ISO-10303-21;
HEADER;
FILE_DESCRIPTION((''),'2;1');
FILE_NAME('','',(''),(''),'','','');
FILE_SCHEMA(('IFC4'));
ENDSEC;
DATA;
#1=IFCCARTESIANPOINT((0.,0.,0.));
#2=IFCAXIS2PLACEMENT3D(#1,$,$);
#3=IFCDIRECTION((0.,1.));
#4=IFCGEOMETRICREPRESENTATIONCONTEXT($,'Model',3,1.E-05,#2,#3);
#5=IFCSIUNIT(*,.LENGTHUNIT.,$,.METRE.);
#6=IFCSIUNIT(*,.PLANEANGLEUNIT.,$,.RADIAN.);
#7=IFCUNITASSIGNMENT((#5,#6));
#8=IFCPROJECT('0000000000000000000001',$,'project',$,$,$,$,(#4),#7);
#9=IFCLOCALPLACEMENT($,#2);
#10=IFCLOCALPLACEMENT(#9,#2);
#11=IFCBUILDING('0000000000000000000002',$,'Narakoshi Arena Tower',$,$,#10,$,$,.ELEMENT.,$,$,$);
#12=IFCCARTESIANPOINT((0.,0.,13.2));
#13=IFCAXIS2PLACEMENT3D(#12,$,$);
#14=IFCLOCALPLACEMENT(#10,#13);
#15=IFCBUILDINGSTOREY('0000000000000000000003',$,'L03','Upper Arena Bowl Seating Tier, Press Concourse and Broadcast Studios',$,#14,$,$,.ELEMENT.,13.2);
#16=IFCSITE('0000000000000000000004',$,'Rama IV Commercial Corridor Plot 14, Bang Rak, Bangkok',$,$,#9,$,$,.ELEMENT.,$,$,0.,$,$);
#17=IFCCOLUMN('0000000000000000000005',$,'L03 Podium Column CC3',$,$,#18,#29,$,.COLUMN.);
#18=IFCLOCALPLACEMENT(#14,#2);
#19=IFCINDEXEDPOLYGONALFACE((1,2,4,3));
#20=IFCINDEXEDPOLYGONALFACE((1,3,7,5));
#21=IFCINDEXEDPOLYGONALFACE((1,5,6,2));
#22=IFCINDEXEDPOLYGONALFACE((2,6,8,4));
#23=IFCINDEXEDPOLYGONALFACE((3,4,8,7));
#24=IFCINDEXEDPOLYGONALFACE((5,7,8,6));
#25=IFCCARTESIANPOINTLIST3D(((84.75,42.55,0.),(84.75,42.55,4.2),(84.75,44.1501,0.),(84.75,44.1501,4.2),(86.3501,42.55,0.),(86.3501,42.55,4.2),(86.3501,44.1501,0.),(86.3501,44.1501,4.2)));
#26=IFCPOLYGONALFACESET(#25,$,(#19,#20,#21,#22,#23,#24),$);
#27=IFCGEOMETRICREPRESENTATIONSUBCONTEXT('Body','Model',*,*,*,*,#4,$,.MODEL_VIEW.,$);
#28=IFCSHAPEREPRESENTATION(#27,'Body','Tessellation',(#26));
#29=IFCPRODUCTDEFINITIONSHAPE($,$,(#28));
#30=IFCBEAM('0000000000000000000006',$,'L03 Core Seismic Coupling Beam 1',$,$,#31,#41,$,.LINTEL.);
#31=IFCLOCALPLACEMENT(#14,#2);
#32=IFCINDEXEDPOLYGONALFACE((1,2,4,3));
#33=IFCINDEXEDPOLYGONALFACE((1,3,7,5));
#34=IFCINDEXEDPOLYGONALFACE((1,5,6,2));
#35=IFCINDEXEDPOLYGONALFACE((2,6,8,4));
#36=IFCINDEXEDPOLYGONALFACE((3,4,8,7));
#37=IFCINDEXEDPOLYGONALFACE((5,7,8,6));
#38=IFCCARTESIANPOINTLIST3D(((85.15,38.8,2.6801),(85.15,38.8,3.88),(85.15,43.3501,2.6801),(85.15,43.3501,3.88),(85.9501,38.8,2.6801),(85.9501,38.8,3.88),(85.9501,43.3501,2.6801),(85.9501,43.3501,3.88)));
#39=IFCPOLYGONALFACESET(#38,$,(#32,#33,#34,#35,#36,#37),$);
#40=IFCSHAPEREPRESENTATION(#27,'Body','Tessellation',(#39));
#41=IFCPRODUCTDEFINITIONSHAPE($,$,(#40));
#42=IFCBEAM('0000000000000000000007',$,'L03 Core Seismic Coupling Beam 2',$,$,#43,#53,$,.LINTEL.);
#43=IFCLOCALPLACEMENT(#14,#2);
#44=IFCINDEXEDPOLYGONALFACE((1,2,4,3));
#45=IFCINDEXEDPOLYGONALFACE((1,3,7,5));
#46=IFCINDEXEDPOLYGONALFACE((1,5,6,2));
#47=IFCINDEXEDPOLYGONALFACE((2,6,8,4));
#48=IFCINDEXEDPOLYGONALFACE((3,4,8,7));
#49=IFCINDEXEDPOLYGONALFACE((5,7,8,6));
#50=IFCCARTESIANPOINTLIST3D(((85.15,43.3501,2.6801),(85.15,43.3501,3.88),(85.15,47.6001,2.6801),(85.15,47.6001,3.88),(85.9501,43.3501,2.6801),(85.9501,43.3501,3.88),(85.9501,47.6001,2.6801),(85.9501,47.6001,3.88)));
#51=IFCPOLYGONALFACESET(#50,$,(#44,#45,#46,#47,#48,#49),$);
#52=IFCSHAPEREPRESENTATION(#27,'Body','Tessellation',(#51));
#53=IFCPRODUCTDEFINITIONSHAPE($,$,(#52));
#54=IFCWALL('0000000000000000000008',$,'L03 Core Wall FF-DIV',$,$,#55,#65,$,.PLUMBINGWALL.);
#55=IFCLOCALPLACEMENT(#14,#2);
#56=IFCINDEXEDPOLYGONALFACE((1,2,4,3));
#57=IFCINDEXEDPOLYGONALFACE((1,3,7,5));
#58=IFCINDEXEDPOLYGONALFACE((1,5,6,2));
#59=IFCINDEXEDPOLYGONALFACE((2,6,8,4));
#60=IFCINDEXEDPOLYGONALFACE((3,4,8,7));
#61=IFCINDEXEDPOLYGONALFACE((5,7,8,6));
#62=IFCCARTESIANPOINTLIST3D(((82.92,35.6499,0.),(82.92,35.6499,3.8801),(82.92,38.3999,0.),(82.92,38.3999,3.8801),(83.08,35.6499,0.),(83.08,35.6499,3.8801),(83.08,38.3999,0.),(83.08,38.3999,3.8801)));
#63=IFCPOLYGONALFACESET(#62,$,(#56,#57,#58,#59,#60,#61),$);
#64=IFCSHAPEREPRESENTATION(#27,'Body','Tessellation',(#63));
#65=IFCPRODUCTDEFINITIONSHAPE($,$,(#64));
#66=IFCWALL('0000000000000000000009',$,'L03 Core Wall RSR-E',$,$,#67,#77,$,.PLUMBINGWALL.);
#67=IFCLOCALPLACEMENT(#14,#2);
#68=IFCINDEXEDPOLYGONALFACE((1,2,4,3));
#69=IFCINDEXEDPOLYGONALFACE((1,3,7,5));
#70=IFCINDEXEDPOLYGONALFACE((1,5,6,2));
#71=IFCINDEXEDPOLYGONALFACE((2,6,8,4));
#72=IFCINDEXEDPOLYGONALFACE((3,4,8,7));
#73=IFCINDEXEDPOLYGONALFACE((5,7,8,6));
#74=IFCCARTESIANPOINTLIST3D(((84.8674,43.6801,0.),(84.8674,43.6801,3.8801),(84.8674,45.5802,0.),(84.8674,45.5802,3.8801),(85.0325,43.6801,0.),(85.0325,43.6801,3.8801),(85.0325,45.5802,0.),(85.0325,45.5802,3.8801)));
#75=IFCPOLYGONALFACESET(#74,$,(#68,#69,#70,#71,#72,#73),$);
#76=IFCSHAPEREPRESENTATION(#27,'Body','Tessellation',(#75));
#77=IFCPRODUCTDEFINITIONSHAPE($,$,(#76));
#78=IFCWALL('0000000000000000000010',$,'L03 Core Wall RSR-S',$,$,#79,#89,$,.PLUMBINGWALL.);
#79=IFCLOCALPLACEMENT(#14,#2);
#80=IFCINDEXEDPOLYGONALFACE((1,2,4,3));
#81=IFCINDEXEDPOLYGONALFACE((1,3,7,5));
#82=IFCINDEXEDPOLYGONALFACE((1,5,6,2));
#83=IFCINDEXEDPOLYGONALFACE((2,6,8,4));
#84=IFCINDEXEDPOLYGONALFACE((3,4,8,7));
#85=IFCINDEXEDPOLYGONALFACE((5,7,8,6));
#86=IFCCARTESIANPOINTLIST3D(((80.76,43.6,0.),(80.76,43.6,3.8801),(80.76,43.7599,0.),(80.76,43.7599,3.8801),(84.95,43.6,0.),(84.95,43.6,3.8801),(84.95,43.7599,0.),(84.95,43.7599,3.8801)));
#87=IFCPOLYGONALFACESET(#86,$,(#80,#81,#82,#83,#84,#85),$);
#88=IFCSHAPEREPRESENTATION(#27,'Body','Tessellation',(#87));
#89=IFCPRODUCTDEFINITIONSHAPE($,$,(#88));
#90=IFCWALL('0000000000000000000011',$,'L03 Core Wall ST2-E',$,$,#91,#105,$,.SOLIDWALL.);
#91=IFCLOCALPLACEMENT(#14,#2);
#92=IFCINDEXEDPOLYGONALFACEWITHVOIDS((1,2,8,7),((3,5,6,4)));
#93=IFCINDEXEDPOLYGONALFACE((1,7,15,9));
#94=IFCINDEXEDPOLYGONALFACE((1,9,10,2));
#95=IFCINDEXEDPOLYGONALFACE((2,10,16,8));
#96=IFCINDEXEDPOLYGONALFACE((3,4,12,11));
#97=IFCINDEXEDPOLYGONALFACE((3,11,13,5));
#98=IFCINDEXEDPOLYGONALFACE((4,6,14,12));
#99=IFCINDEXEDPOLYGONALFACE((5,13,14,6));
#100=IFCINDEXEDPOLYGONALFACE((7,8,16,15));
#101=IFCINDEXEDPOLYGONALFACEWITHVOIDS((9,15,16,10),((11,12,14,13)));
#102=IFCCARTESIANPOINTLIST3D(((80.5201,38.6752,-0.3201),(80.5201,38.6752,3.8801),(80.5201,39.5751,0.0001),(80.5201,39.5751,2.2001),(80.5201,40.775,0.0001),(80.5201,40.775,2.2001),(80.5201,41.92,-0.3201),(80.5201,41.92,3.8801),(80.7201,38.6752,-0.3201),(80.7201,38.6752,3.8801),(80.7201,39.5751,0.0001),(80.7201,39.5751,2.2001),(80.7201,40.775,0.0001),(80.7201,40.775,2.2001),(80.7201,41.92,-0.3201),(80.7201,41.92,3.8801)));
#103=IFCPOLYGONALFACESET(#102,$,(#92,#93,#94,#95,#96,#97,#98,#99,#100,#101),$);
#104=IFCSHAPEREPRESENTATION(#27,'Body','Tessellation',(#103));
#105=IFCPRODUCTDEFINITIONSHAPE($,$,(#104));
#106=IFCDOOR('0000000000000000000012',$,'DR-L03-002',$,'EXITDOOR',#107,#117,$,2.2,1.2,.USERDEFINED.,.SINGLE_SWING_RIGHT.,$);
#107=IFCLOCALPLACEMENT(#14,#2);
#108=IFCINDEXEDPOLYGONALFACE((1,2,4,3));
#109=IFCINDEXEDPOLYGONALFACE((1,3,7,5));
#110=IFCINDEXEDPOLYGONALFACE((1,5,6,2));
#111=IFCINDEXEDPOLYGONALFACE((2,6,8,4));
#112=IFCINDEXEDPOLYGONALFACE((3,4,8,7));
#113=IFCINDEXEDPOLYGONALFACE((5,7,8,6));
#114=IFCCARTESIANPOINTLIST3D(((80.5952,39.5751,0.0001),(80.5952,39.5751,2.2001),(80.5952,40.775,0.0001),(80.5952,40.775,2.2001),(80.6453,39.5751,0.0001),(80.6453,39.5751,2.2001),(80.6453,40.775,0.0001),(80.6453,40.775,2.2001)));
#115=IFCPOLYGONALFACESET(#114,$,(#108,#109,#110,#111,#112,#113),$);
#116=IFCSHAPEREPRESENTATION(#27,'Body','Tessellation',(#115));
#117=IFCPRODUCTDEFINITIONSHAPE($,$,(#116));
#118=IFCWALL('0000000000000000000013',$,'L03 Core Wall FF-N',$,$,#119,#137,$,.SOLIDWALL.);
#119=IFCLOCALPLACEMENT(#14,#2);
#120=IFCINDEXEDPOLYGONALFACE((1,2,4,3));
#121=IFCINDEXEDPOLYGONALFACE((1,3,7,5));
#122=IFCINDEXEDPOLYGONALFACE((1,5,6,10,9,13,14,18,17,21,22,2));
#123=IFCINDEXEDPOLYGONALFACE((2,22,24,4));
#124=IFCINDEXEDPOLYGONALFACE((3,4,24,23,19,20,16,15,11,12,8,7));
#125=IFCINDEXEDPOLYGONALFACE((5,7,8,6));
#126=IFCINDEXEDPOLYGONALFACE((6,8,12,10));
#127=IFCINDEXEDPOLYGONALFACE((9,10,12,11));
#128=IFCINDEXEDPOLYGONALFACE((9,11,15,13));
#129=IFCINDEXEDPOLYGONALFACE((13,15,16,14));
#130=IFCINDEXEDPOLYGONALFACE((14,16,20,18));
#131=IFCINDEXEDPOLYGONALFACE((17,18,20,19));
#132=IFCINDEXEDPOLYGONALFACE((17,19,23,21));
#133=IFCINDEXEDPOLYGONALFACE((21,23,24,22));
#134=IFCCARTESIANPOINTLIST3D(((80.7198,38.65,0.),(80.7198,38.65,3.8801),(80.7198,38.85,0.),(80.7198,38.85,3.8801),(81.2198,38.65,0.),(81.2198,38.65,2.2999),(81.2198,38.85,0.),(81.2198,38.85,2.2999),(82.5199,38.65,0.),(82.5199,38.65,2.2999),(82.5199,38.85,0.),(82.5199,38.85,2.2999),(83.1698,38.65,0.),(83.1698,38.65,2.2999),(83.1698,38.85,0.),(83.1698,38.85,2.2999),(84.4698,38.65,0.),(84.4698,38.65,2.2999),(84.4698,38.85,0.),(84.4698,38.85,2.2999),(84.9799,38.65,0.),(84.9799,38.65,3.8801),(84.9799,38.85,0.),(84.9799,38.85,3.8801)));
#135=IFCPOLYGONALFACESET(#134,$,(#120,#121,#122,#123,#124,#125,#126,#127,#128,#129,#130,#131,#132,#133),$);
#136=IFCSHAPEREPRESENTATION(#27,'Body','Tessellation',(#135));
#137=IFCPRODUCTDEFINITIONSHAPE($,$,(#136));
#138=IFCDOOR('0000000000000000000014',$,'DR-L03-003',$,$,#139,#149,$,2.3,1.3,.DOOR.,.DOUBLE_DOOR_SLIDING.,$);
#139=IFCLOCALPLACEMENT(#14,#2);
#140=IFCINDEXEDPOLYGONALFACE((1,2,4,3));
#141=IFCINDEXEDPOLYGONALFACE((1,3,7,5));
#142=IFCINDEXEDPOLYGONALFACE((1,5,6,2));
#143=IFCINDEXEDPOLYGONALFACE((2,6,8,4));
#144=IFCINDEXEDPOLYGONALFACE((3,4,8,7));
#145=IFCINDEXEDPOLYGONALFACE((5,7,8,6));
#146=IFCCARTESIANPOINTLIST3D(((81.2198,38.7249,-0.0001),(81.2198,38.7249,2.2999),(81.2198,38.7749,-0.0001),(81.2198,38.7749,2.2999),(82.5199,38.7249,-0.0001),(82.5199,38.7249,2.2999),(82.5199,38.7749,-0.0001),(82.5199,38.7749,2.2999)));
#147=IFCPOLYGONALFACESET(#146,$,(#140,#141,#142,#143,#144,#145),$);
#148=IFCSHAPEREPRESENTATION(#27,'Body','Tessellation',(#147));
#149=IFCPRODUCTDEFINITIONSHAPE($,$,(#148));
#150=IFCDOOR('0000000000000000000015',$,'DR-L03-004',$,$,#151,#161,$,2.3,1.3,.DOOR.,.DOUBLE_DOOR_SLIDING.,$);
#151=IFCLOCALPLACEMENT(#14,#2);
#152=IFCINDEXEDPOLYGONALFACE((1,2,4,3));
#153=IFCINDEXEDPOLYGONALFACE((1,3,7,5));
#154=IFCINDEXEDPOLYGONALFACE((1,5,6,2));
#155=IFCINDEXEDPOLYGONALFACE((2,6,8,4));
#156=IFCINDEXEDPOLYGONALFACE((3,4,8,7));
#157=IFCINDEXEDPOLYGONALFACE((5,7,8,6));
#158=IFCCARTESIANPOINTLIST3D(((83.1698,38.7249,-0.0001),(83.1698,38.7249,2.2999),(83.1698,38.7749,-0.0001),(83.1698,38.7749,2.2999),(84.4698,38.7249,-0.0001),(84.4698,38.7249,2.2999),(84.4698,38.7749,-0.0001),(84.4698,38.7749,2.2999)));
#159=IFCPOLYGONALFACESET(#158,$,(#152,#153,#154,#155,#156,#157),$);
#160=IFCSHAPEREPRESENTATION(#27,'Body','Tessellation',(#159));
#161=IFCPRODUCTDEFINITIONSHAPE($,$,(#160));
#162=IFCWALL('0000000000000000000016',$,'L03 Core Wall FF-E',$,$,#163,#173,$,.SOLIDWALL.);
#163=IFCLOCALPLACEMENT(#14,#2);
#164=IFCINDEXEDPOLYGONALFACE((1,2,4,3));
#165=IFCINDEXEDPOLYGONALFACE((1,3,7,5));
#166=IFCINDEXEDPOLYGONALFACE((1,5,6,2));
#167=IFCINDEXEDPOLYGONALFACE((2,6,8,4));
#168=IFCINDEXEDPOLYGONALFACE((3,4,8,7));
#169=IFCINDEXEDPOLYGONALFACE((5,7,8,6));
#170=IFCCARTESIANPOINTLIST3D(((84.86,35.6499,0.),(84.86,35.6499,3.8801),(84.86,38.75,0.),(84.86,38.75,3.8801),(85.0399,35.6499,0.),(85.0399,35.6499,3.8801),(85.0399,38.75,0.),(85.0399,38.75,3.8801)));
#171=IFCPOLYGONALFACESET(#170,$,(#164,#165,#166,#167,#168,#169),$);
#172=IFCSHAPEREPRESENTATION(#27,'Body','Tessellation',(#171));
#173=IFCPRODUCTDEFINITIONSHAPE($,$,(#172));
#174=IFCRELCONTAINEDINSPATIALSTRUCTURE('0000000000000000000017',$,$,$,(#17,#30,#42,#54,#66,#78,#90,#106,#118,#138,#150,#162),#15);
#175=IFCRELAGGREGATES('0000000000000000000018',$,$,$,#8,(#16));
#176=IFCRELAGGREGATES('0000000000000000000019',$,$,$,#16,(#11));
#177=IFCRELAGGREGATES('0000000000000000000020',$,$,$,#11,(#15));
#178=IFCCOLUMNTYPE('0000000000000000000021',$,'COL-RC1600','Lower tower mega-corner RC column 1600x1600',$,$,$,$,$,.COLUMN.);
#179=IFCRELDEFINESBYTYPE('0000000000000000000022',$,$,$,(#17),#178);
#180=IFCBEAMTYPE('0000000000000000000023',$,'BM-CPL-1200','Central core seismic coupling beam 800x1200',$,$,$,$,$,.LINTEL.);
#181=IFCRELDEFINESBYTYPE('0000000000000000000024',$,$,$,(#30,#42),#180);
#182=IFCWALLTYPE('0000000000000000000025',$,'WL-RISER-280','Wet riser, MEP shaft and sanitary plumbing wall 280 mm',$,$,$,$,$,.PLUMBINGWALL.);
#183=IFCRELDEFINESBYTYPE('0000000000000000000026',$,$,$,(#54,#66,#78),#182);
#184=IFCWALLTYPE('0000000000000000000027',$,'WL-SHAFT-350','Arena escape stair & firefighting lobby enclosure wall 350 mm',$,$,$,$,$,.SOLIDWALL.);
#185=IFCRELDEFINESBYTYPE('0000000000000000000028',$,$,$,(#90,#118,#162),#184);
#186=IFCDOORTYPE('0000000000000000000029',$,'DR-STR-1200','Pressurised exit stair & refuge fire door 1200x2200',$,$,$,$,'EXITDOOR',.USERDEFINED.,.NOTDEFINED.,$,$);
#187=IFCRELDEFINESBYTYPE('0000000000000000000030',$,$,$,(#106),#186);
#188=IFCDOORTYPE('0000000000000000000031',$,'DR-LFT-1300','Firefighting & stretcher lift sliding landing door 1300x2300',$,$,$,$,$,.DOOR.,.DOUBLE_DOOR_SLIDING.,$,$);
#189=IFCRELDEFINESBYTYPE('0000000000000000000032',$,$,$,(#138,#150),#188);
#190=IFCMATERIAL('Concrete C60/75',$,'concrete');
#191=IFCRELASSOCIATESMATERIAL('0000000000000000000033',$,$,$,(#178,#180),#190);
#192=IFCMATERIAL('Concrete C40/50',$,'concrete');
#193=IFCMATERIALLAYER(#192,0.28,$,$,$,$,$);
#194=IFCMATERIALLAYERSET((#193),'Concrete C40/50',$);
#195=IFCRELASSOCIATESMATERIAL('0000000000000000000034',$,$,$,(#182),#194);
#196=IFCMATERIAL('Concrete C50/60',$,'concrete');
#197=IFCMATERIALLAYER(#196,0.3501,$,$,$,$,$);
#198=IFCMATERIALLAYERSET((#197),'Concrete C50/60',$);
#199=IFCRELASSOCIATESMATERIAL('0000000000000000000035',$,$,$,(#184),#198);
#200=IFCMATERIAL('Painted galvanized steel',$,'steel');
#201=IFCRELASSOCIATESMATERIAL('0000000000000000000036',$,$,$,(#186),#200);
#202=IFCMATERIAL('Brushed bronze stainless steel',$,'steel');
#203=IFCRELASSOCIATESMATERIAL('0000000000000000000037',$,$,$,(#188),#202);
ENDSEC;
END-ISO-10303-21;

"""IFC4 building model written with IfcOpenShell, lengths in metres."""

from ifc_helpers import new_model, si_unit, direction, frame, frame_2d, origin, origin_2d, place, context, subcontext, project, spatial, rectangle, extrude, material, layer, layer_set, material_profile, profile_set, type_object, element, fill, save


model = new_model("IFC4")

# Units and contexts
model_context = context("Model", 3, precision=1e-05, world=origin(), true_north=direction((0.0, 1.0)))
body_context = subcontext(model_context, "Body", "Model", "MODEL_VIEW")
ifc_project = project(units=[si_unit("LENGTHUNIT", "METRE"), si_unit("PLANEANGLEUNIT", "RADIAN")], contexts=[model_context])

# Site, building, storey
site_placement = place(None, origin())
site = spatial("IfcSite", under=ifc_project, at=site_placement, Name="Rama IV Commercial Corridor Plot 14, Bang Rak, Bangkok", CompositionType="ELEMENT", RefElevation=0.0)
building_placement = place(site_placement, origin())
building = spatial("IfcBuilding", under=site, at=building_placement, Name="Narakoshi Arena Tower", CompositionType="ELEMENT")
storey_placement = place(building_placement, frame((0.0, 0.0, 13.2)))
storey = spatial("IfcBuildingStorey", under=building, at=storey_placement, Name="L03", Description="Upper Arena Bowl Seating Tier, Press Concourse and Broadcast Studios", CompositionType="ELEMENT", Elevation=13.2)

# Column
ifc_material_1 = material(Name="Concrete C60/75", Category="concrete")
ifc_material_profile_1 = material_profile(ifc_material_1, rectangle(XDim=1.6001, YDim=1.6001, at=origin_2d()), Name="RC1600x1600")
ifc_profile_set_1 = profile_set([ifc_material_profile_1], Name="Concrete C60/75")
column_type = type_object("IfcColumnType", Name="COL-RC1600", Description="Lower tower mega-corner RC column 1600x1600", PredefinedType="COLUMN", material=ifc_profile_set_1)
column_placement = place(storey_placement, frame((85.55, 43.3501, 0.0), z_axis=(0.0, 0.0, 1.0), x_axis=(1.0, 0.0, 0.0)))
element("IfcColumn", 1, at=column_placement, inside=storey, type_object=column_type, Name="L03 Podium Column CC3", PredefinedType="COLUMN", context=body_context, shape_type="SweptSolid", body=[
    extrude(rectangle(XDim=1.6001, YDim=1.6001, at=origin_2d()), origin(), (0.0, 0.0, 1.0), 4.2),
])

# Beams
ifc_material_profile_2 = material_profile(ifc_material_1, rectangle(XDim=0.8, YDim=1.2, at=origin_2d()), Name="RCB800x1200")
ifc_profile_set_2 = profile_set([ifc_material_profile_2], Name="Concrete C60/75")
beam_type = type_object("IfcBeamType", Name="BM-CPL-1200", Description="Central core seismic coupling beam 800x1200", PredefinedType="LINTEL", material=ifc_profile_set_2)
beam_1_placement = place(storey_placement, frame((85.55, 38.8, 3.28), z_axis=(0.0, 1.0, 0.0), x_axis=(-1.0, 0.0, 0.0)))
element("IfcBeam", 2, at=beam_1_placement, inside=storey, type_object=beam_type, Name="L03 Core Seismic Coupling Beam 1", PredefinedType="LINTEL", context=body_context, shape_type="SweptSolid", body=[
    extrude(rectangle(XDim=0.8, YDim=1.2, at=origin_2d()), origin(), (0.0, 0.0, 1.0), 4.55),
])
beam_2_placement = place(storey_placement, frame((85.55, 43.3501, 3.28), z_axis=(0.0, 1.0, 0.0), x_axis=(-1.0, 0.0, 0.0)))
element("IfcBeam", 3, at=beam_2_placement, inside=storey, type_object=beam_type, Name="L03 Core Seismic Coupling Beam 2", PredefinedType="LINTEL", context=body_context, shape_type="SweptSolid", body=[
    extrude(rectangle(XDim=0.8, YDim=1.2, at=origin_2d()), origin(), (0.0, 0.0, 1.0), 4.25),
])

# Walls
ifc_material_2 = material(Name="Concrete C40/50", Category="concrete")
ifc_layer_1 = layer(ifc_material_2, 0.28)
ifc_layer_set_1 = layer_set([ifc_layer_1], Name="Concrete C40/50")
wall_type_1 = type_object("IfcWallType", Name="WL-RISER-280", Description="Wet riser, MEP shaft and sanitary plumbing wall 280 mm", PredefinedType="PLUMBINGWALL", material=ifc_layer_set_1)
wall_1_placement = place(storey_placement, frame((83.0, 35.6499, 0.0), z_axis=(0.0, 0.0, 1.0), x_axis=(0.0, 1.0, 0.0)))
element("IfcWall", 4, at=wall_1_placement, inside=storey, type_object=wall_type_1, Name="L03 Core Wall FF-DIV", PredefinedType="PLUMBINGWALL", context=body_context, shape_type="SweptSolid", body=[
    extrude(rectangle(XDim=2.75, YDim=0.1599, at=frame_2d((1.375, 0.0))), origin(), (0.0, 0.0, 1.0), 3.8801),
])
wall_2_placement = place(storey_placement, frame((84.95, 43.6799, 0.0), z_axis=(0.0, 0.0, 1.0), x_axis=(0.0, 1.0, 0.0)))
element("IfcWall", 5, at=wall_2_placement, inside=storey, type_object=wall_type_1, Name="L03 Core Wall RSR-E", PredefinedType="PLUMBINGWALL", context=body_context, shape_type="SweptSolid", body=[
    extrude(rectangle(XDim=1.9001, YDim=0.165, at=frame_2d((0.9502, 0.0))), origin(), (0.0, 0.0, 1.0), 3.8801),
])
wall_3_placement = place(storey_placement, frame((80.76, 43.6799, 0.0), z_axis=(0.0, 0.0, 1.0), x_axis=(1.0, 0.0, 0.0)))
element("IfcWall", 6, at=wall_3_placement, inside=storey, type_object=wall_type_1, Name="L03 Core Wall RSR-S", PredefinedType="PLUMBINGWALL", context=body_context, shape_type="SweptSolid", body=[
    extrude(rectangle(XDim=4.1899, YDim=0.1599, at=frame_2d((2.095, 0.0))), origin(), (0.0, 0.0, 1.0), 3.8801),
])

# Wall, opening, door
ifc_material_3 = material(Name="Concrete C50/60", Category="concrete")
ifc_layer_2 = layer(ifc_material_3, 0.3501)
ifc_layer_set_2 = layer_set([ifc_layer_2], Name="Concrete C50/60")
wall_type_2 = type_object("IfcWallType", Name="WL-SHAFT-350", Description="Arena escape stair & firefighting lobby enclosure wall 350 mm", PredefinedType="SOLIDWALL", material=ifc_layer_set_2)
wall_4_placement = place(storey_placement, frame((80.6201, 38.675, -0.3201), z_axis=(0.0, 0.0, 1.0), x_axis=(0.0, 1.0, 0.0)))
wall_4 = element("IfcWall", 7, at=wall_4_placement, inside=storey, type_object=wall_type_2, Name="L03 Core Wall ST2-E", PredefinedType="SOLIDWALL", context=body_context, shape_type="SweptSolid", body=[
    extrude(rectangle(XDim=3.2449, YDim=0.2, at=frame_2d((1.6226, 0.0))), origin(), (0.0, 0.0, 1.0), 4.2002),
])
opening_1_placement = place(wall_4_placement, frame((0.8999, 0.0, 0.3201)))
opening_1 = element("IfcOpeningElement", 8, at=opening_1_placement, cuts=wall_4, PredefinedType="OPENING", context=body_context, shape_type="SweptSolid", body=[
    extrude(rectangle(XDim=1.2, YDim=2.2, at=frame_2d((0.6001, 1.1001))), frame((0.0, 0.1099, 0.0), z_axis=(0.0, -1.0, 0.0), x_axis=(1.0, 0.0, 0.0)), (0.0, 0.0, 1.0), 0.22),
])
ifc_material_4 = material(Name="Painted galvanized steel", Category="steel")
door_type_1 = type_object("IfcDoorType", Name="DR-STR-1200", Description="Pressurised exit stair & refuge fire door 1200x2200", ElementType="EXITDOOR", OperationType="NOTDEFINED", PredefinedType="USERDEFINED", material=ifc_material_4)
door_1_placement = place(opening_1_placement, origin())
door_1 = element("IfcDoor", 9, at=door_1_placement, inside=storey, type_object=door_type_1, Name="DR-L03-002", ObjectType="EXITDOOR", OperationType="SINGLE_SWING_RIGHT", OverallHeight=2.2, OverallWidth=1.2, PredefinedType="USERDEFINED", context=body_context, shape_type="SweptSolid", body=[
    extrude(rectangle(XDim=1.2, YDim=2.2, at=frame_2d((0.6001, 1.1001))), frame((0.0, 0.0249, 0.0), z_axis=(0.0, -1.0, 0.0), x_axis=(1.0, 0.0, 0.0)), (0.0, 0.0, 1.0), 0.05),
])
fill(opening_1, door_1)

# Wall, openings, doors
wall_5_placement = place(storey_placement, frame((80.72, 38.75, 0.0), z_axis=(0.0, 0.0, 1.0), x_axis=(1.0, 0.0, 0.0)))
wall_5 = element("IfcWall", 10, at=wall_5_placement, inside=storey, type_object=wall_type_2, Name="L03 Core Wall FF-N", PredefinedType="SOLIDWALL", context=body_context, shape_type="SweptSolid", body=[
    extrude(rectangle(XDim=4.26, YDim=0.2, at=frame_2d((2.1299, 0.0))), origin(), (0.0, 0.0, 1.0), 3.8801),
])
opening_2_placement = place(wall_5_placement, frame((0.5, 0.0, 0.0)))
opening_2 = element("IfcOpeningElement", 11, at=opening_2_placement, cuts=wall_5, PredefinedType="OPENING", context=body_context, shape_type="SweptSolid", body=[
    extrude(rectangle(XDim=1.3, YDim=2.3, at=frame_2d((0.6499, 1.1499))), frame((0.0, 0.1099, 0.0), z_axis=(0.0, -1.0, 0.0), x_axis=(1.0, 0.0, 0.0)), (0.0, 0.0, 1.0), 0.22),
])
opening_3_placement = place(wall_5_placement, frame((2.45, 0.0, 0.0)))
opening_3 = element("IfcOpeningElement", 12, at=opening_3_placement, cuts=wall_5, PredefinedType="OPENING", context=body_context, shape_type="SweptSolid", body=[
    extrude(rectangle(XDim=1.3, YDim=2.3, at=frame_2d((0.6499, 1.1499))), frame((0.0, 0.1099, 0.0), z_axis=(0.0, -1.0, 0.0), x_axis=(1.0, 0.0, 0.0)), (0.0, 0.0, 1.0), 0.22),
])
ifc_material_5 = material(Name="Brushed bronze stainless steel", Category="steel")
door_type_2 = type_object("IfcDoorType", Name="DR-LFT-1300", Description="Firefighting & stretcher lift sliding landing door 1300x2300", OperationType="DOUBLE_DOOR_SLIDING", PredefinedType="DOOR", material=ifc_material_5)
door_2_placement = place(opening_2_placement, origin())
door_2 = element("IfcDoor", 13, at=door_2_placement, inside=storey, type_object=door_type_2, Name="DR-L03-003", OperationType="DOUBLE_DOOR_SLIDING", OverallHeight=2.3, OverallWidth=1.3, PredefinedType="DOOR", context=body_context, shape_type="SweptSolid", body=[
    extrude(rectangle(XDim=1.3, YDim=2.3, at=frame_2d((0.6499, 1.1499))), frame((0.0, 0.0249, 0.0), z_axis=(0.0, -1.0, 0.0), x_axis=(1.0, 0.0, 0.0)), (0.0, 0.0, 1.0), 0.05),
])
fill(opening_2, door_2)
door_3_placement = place(opening_3_placement, origin())
door_3 = element("IfcDoor", 14, at=door_3_placement, inside=storey, type_object=door_type_2, Name="DR-L03-004", OperationType="DOUBLE_DOOR_SLIDING", OverallHeight=2.3, OverallWidth=1.3, PredefinedType="DOOR", context=body_context, shape_type="SweptSolid", body=[
    extrude(rectangle(XDim=1.3, YDim=2.3, at=frame_2d((0.6499, 1.1499))), frame((0.0, 0.0249, 0.0), z_axis=(0.0, -1.0, 0.0), x_axis=(1.0, 0.0, 0.0)), (0.0, 0.0, 1.0), 0.05),
])
fill(opening_3, door_3)

# Wall
for number, where, z_axis, x_axis, name in (
    (15, (84.95, 35.6499, 0.0), (0.0, 0.0, 1.0), (0.0, 1.0, 0.0), "L03 Core Wall FF-E"),
):
    element("IfcWall", number, at=place(storey_placement, frame(where, z_axis=z_axis, x_axis=x_axis)), inside=storey, type_object=wall_type_2, Name=name, PredefinedType="SOLIDWALL", context=body_context, shape_type="SweptSolid", body=[
        extrude(rectangle(XDim=3.1001, YDim=0.1799, at=frame_2d((1.55, 0.0))), origin(), (0.0, 0.0, 1.0), 3.8801),
    ])

save(model, "model.ifc")
